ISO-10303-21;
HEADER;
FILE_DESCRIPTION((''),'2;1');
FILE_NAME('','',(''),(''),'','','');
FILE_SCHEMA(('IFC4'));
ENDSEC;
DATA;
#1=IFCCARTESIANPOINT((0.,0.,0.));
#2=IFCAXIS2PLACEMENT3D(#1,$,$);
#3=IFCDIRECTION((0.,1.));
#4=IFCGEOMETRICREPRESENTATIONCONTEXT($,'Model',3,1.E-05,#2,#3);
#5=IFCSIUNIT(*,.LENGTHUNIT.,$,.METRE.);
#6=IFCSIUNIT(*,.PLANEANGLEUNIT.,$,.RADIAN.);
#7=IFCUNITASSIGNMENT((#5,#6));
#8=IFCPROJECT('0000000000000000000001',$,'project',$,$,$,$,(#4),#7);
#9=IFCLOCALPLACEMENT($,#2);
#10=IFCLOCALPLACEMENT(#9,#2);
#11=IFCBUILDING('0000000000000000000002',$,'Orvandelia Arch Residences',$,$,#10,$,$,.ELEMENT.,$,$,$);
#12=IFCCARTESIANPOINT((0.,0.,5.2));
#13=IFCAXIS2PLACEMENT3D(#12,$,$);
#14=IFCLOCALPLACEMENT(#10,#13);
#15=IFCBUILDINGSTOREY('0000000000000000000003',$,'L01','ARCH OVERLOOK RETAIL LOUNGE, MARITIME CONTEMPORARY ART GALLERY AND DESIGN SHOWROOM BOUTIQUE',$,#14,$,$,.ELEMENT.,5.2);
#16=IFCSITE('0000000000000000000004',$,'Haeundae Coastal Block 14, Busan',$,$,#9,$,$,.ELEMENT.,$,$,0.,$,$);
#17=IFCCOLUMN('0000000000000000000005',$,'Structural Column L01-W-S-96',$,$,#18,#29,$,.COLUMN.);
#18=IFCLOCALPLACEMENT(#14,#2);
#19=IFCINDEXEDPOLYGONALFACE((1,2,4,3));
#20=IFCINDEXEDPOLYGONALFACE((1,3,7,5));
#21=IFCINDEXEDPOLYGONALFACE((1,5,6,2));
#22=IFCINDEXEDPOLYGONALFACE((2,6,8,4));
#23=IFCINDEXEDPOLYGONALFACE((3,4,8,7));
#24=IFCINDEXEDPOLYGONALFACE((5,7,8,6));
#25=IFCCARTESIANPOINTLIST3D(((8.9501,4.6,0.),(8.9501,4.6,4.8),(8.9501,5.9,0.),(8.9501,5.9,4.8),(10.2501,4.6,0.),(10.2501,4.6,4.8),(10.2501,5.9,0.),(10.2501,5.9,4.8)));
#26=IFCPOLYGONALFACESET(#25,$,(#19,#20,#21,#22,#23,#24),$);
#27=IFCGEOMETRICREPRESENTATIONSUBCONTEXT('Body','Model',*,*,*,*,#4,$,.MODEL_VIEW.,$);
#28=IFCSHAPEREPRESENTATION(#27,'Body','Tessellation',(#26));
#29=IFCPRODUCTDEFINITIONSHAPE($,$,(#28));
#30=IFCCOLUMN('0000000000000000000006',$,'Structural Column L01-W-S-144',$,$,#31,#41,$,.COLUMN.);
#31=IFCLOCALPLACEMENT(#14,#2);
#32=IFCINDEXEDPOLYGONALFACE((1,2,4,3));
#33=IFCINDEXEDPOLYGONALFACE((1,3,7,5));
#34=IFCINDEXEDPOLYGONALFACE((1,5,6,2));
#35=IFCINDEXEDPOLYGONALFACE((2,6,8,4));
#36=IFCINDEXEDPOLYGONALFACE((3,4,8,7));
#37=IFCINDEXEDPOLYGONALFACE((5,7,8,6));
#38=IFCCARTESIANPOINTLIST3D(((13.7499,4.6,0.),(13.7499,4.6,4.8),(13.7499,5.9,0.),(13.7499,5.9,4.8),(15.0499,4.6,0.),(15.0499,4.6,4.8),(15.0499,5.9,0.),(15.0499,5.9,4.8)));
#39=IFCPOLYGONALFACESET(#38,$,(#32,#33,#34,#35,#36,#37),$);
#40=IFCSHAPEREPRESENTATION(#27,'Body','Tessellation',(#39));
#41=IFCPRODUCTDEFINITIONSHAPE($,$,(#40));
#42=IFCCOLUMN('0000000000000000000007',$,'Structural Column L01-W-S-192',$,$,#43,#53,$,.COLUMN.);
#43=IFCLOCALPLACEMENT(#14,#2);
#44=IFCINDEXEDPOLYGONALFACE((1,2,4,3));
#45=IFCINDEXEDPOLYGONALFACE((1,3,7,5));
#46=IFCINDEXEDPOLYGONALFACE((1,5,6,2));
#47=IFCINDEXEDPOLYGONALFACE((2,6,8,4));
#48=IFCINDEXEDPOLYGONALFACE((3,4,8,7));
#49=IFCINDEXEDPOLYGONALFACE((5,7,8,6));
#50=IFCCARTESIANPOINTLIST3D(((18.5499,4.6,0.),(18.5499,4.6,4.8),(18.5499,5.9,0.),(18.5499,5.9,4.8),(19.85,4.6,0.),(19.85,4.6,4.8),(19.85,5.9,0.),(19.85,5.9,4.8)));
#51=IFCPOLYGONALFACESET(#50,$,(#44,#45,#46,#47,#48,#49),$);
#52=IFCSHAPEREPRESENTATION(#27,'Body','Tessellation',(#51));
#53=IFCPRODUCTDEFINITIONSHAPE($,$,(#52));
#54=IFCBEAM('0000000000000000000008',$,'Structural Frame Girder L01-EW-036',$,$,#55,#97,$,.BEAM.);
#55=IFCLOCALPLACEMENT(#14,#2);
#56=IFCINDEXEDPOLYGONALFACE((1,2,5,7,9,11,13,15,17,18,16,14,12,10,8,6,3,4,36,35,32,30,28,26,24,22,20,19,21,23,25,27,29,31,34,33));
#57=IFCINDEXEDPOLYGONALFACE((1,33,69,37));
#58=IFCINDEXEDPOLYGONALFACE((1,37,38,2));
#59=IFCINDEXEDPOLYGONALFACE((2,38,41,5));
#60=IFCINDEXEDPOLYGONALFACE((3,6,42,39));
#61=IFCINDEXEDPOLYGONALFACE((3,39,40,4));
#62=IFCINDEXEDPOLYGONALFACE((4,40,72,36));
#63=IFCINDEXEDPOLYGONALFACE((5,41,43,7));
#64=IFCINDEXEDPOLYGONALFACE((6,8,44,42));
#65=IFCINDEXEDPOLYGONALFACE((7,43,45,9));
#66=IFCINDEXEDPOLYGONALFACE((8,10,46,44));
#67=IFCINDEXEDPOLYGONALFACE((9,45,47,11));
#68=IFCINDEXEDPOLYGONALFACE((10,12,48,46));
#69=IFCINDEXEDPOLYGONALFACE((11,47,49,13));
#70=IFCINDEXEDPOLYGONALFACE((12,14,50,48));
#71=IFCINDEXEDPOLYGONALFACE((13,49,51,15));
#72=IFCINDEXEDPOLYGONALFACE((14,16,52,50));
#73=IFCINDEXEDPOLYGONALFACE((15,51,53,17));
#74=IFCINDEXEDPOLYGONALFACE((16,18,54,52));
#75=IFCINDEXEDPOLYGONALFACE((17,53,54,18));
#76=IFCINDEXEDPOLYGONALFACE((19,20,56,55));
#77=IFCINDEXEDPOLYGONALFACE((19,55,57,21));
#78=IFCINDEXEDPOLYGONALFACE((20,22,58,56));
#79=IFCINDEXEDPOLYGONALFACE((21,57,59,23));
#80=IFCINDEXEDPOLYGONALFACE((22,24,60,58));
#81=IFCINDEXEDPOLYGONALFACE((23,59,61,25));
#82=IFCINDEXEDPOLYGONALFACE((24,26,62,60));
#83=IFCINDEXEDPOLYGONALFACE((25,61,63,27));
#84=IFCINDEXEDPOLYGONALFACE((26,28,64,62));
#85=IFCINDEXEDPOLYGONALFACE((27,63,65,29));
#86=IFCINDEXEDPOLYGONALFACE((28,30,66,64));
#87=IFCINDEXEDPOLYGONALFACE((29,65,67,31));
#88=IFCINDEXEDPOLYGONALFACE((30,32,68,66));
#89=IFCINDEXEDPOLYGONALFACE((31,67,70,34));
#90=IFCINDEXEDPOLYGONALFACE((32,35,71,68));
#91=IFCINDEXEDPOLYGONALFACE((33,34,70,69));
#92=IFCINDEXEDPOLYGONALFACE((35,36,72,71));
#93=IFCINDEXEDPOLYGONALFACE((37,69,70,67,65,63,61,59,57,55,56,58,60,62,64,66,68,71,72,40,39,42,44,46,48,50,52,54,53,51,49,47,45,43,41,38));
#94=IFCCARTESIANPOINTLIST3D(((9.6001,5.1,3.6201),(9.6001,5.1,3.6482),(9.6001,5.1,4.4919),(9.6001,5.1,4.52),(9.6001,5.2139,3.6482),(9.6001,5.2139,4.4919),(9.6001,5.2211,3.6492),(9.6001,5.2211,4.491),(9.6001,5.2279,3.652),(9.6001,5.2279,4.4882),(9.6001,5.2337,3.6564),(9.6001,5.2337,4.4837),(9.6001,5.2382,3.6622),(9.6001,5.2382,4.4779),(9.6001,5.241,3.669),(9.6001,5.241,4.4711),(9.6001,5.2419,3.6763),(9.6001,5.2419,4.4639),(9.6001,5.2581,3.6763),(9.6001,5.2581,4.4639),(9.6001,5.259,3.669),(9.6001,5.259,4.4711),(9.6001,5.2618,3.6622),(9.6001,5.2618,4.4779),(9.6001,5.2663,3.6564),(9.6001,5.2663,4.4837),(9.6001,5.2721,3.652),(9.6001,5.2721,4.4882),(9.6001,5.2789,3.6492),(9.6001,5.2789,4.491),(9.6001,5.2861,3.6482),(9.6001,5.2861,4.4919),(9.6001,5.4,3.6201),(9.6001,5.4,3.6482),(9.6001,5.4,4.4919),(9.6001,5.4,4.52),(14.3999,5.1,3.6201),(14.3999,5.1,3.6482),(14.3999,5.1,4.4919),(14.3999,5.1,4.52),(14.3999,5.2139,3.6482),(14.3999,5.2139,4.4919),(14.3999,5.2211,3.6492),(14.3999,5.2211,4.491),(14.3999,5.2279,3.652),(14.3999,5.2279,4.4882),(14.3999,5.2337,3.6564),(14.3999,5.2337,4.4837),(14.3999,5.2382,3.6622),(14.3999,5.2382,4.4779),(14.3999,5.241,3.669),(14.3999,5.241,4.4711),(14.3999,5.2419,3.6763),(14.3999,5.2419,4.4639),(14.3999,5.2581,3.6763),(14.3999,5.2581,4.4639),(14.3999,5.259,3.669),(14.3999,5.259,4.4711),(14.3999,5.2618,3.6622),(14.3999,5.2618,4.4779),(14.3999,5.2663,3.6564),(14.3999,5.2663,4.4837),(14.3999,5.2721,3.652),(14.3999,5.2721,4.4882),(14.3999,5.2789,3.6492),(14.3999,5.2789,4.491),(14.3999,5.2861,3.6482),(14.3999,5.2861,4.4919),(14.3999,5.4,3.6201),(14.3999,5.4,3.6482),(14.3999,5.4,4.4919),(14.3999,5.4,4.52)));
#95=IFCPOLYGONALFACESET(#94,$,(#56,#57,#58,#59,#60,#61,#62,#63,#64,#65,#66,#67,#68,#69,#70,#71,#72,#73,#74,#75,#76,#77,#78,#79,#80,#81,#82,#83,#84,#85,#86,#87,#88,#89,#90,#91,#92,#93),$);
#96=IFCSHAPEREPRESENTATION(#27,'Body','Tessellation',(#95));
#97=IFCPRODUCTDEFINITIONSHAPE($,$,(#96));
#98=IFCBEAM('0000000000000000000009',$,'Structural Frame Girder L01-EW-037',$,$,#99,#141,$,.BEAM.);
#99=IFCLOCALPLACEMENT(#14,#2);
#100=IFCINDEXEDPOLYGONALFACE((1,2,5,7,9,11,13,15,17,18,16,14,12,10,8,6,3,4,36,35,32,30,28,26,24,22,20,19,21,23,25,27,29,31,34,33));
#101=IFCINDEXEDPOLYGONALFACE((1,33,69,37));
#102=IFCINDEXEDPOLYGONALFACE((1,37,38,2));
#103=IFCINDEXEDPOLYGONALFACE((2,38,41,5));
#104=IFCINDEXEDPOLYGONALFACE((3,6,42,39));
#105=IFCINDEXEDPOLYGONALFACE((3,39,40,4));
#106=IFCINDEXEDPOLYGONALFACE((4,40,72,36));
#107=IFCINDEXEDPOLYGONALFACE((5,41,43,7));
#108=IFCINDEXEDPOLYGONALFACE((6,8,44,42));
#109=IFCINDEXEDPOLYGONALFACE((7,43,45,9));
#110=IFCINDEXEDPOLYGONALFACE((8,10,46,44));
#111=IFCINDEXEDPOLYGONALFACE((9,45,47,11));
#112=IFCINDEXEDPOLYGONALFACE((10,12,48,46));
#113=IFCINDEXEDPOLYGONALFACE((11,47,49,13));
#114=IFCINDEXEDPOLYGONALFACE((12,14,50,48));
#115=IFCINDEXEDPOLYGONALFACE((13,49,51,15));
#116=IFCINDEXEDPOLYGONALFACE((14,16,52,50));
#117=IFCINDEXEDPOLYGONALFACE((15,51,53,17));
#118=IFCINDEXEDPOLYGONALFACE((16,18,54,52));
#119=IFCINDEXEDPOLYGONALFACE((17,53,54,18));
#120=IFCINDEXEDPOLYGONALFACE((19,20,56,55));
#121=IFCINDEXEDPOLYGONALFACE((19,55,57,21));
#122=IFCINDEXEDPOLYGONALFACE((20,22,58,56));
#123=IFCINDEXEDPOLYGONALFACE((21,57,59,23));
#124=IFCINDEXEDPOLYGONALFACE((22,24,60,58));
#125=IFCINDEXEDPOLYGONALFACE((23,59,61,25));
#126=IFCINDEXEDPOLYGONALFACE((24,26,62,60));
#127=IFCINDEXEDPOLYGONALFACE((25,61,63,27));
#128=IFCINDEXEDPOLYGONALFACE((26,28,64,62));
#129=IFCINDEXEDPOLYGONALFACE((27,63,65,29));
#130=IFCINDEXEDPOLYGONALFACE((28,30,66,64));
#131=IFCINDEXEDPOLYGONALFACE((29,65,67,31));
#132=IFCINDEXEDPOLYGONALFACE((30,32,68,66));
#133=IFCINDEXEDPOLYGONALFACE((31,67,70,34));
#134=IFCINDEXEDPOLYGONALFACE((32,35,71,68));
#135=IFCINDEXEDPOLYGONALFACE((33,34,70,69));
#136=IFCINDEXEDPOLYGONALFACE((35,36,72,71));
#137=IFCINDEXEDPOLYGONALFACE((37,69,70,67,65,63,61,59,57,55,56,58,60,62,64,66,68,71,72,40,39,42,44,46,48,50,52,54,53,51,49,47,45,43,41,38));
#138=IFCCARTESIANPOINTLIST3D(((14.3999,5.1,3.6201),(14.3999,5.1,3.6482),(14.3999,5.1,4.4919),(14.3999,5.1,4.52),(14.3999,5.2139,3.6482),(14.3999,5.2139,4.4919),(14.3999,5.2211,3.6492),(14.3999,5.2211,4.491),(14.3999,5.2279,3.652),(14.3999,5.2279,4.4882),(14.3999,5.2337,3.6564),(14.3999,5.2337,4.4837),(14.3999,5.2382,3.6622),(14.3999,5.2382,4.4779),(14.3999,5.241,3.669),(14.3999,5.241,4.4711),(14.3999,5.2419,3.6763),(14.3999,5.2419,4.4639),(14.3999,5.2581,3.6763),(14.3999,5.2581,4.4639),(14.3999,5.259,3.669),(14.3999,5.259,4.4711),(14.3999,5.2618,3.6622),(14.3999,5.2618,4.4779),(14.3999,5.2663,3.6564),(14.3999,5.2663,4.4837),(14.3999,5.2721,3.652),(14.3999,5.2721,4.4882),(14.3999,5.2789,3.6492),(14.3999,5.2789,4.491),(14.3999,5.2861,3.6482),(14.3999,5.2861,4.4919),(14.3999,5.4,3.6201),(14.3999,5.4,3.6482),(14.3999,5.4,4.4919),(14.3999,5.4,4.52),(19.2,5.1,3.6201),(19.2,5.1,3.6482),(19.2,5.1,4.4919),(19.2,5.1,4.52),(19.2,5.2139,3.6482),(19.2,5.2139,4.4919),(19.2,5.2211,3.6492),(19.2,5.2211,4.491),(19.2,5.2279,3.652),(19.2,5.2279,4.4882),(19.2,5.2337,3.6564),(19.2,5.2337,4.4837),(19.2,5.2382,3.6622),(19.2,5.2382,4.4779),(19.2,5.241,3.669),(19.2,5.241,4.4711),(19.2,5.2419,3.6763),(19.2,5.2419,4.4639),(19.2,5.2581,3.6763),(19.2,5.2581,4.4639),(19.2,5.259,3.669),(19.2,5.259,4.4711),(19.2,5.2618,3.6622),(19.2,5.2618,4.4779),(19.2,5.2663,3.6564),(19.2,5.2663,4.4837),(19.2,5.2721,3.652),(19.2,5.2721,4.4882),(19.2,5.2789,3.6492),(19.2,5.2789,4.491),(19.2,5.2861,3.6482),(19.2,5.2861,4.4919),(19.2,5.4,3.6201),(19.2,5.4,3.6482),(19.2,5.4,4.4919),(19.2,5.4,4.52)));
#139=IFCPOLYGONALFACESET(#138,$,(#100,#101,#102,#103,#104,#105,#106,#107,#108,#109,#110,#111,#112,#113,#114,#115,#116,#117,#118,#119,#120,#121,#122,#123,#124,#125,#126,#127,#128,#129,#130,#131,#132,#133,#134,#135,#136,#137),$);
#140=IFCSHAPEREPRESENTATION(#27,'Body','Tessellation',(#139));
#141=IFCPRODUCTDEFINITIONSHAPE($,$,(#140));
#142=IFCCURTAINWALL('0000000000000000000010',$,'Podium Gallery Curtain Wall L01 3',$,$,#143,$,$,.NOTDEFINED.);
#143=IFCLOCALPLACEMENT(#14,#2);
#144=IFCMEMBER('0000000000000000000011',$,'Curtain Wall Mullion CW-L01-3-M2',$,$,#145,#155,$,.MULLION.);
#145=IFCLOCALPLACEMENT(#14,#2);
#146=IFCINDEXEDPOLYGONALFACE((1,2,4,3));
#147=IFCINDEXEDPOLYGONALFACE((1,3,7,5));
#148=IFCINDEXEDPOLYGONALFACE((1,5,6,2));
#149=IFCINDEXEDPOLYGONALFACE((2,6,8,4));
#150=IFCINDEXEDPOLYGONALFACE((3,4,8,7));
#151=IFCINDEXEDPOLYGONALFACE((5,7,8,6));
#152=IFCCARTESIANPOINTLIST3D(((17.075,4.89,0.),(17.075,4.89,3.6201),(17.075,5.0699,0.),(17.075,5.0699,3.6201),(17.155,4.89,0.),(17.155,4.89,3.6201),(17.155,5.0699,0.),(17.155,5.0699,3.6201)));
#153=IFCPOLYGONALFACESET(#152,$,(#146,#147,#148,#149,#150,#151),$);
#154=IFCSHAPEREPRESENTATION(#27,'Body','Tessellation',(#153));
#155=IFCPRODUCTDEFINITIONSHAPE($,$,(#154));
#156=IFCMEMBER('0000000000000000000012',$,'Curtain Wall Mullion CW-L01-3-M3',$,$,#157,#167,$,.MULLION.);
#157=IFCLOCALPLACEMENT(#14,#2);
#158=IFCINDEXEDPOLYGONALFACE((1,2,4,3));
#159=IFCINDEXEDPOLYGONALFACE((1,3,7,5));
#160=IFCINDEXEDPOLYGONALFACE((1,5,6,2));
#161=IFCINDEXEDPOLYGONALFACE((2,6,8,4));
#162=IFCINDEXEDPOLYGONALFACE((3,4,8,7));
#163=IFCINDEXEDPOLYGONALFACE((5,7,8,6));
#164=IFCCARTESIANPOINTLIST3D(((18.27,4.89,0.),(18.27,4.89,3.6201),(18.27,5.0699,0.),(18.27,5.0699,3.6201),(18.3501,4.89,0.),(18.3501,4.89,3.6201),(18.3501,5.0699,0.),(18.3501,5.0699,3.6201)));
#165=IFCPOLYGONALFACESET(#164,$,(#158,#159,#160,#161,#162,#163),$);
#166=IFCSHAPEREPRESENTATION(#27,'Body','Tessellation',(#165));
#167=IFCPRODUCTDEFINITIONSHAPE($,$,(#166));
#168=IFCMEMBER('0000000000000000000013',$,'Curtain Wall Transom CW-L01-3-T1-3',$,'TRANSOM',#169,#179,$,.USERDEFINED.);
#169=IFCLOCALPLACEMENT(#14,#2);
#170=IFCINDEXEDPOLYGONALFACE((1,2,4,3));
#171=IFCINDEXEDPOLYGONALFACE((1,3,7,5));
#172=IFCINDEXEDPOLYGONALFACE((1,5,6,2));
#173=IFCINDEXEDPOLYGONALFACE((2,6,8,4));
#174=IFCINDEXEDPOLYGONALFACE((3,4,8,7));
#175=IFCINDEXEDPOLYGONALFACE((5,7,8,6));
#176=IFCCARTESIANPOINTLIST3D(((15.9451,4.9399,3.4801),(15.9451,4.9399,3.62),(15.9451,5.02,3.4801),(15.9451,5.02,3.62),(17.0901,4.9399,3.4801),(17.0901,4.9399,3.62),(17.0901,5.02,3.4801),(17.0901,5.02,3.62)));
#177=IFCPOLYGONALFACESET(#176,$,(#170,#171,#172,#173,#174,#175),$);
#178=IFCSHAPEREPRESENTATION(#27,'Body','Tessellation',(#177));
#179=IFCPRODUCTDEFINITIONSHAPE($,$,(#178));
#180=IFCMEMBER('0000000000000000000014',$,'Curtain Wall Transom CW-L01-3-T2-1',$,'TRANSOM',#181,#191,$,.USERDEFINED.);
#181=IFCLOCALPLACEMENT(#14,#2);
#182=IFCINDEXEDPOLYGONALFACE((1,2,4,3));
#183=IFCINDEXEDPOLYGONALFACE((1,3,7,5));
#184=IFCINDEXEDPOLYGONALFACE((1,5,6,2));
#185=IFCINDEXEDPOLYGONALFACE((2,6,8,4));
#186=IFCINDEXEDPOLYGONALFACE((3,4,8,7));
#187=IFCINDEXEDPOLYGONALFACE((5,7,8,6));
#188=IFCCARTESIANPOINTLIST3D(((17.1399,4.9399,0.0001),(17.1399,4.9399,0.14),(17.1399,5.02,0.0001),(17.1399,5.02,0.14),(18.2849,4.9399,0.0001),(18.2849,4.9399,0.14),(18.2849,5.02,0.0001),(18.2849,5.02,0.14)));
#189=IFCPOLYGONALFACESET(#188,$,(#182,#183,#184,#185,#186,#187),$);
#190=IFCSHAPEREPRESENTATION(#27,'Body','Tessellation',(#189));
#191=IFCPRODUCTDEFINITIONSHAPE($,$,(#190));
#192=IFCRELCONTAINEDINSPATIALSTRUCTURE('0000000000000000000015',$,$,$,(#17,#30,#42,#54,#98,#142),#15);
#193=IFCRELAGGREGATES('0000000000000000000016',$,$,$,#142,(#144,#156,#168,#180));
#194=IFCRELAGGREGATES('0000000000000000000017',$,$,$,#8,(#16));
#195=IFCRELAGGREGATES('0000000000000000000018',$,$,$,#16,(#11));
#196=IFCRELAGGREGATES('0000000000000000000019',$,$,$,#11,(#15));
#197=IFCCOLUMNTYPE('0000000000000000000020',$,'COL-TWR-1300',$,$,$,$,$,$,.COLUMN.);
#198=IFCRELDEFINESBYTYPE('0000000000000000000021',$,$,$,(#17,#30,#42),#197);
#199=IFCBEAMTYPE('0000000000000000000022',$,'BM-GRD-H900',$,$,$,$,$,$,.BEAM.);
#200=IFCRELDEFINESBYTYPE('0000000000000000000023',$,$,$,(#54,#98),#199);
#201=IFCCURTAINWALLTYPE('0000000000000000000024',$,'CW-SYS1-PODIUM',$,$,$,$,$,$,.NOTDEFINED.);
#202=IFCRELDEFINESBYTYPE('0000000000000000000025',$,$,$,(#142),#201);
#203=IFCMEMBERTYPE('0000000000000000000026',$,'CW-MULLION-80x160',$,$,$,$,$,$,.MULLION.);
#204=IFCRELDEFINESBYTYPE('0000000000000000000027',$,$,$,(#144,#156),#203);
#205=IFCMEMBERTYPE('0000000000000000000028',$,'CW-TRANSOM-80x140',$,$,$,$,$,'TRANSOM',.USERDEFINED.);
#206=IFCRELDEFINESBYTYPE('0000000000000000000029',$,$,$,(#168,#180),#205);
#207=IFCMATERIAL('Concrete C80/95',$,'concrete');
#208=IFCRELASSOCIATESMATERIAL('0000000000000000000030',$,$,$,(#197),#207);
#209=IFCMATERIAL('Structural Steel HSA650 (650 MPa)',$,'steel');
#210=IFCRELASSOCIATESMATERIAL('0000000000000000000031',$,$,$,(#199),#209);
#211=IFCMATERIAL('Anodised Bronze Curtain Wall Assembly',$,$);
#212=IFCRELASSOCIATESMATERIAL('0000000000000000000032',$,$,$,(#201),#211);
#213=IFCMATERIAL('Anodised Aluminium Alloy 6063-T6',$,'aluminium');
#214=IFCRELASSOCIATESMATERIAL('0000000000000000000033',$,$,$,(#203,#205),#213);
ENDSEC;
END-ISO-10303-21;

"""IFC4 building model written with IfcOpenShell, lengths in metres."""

from ifc_helpers import new_model, si_unit, direction, frame, origin, origin_2d, place, context, subcontext, project, spatial, rectangle, i_section, extrude, material, material_profile, profile_set, type_object, element, aggregate, save


model = new_model("IFC4")

# Units and contexts
model_context = context("Model", 3, precision=1e-05, world=origin(), true_north=direction((0.0, 1.0)))
body_context = subcontext(model_context, "Body", "Model", "MODEL_VIEW")
ifc_project = project(units=[si_unit("LENGTHUNIT", "METRE"), si_unit("PLANEANGLEUNIT", "RADIAN")], contexts=[model_context])

# Site, building, storey
site_placement = place(None, origin())
site = spatial("IfcSite", under=ifc_project, at=site_placement, Name="Haeundae Coastal Block 14, Busan", CompositionType="ELEMENT", RefElevation=0.0)
building_placement = place(site_placement, origin())
building = spatial("IfcBuilding", under=site, at=building_placement, Name="Orvandelia Arch Residences", CompositionType="ELEMENT")
storey_placement = place(building_placement, frame((0.0, 0.0, 5.2)))
storey = spatial("IfcBuildingStorey", under=building, at=storey_placement, Name="L01", Description="ARCH OVERLOOK RETAIL LOUNGE, MARITIME CONTEMPORARY ART GALLERY AND DESIGN SHOWROOM BOUTIQUE", CompositionType="ELEMENT", Elevation=5.2)

# Columns
ifc_material_1 = material(Name="Concrete C80/95", Category="concrete")
ifc_material_profile_1 = material_profile(ifc_material_1, rectangle(XDim=1.3, YDim=1.3, at=origin_2d()), Name="Concrete C80/95", Category="concrete")
ifc_profile_set_1 = profile_set([ifc_material_profile_1], Name="Concrete C80/95")
column_type = type_object("IfcColumnType", Name="COL-TWR-1300", PredefinedType="COLUMN", material=ifc_profile_set_1)
for number, where, z_axis, x_axis, name in (
    (1, (9.6001, 5.25, 0.0), (0.0, 0.0, 1.0), (1.0, 0.0, 0.0), "Structural Column L01-W-S-96"),
    (2, (14.3999, 5.25, 0.0), (0.0, 0.0, 1.0), (1.0, 0.0, 0.0), "Structural Column L01-W-S-144"),
    (3, (19.2, 5.25, 0.0), (0.0, 0.0, 1.0), (1.0, 0.0, 0.0), "Structural Column L01-W-S-192"),
):
    element("IfcColumn", number, at=place(storey_placement, frame(where, z_axis=z_axis, x_axis=x_axis)), inside=storey, type_object=column_type, Name=name, PredefinedType="COLUMN", context=body_context, shape_type="SweptSolid", body=[
        extrude(rectangle(XDim=1.3, YDim=1.3, at=origin_2d()), origin(), (0.0, 0.0, 1.0), 4.8),
    ])

# Beams
ifc_material_2 = material(Name="Structural Steel HSA650 (650 MPa)", Category="steel")
ifc_material_profile_2 = material_profile(ifc_material_2, i_section(OverallWidth=0.3, OverallDepth=0.8999, WebThickness=0.0161, FlangeThickness=0.0281, FilletRadius=0.0281, at=origin_2d()), Name="Structural Steel HSA650 (650 MPa)", Category="steel")
ifc_profile_set_2 = profile_set([ifc_material_profile_2], Name="Structural Steel HSA650 (650 MPa)")
beam_type = type_object("IfcBeamType", Name="BM-GRD-H900", PredefinedType="BEAM", material=ifc_profile_set_2)
beam_1_placement = place(storey_placement, frame((9.6001, 5.25, 4.0701), z_axis=(1.0, 0.0, 0.0), x_axis=(0.0, 1.0, 0.0)))
element("IfcBeam", 4, at=beam_1_placement, inside=storey, type_object=beam_type, Name="Structural Frame Girder L01-EW-036", PredefinedType="BEAM", context=body_context, shape_type="SweptSolid", body=[
    extrude(i_section(OverallWidth=0.3, OverallDepth=0.8999, WebThickness=0.0161, FlangeThickness=0.0281, FilletRadius=0.0281, at=origin_2d()), origin(), (0.0, 0.0, 1.0), 4.7998),
])
beam_2_placement = place(storey_placement, frame((14.3999, 5.25, 4.0701), z_axis=(1.0, 0.0, 0.0), x_axis=(0.0, 1.0, 0.0)))
element("IfcBeam", 5, at=beam_2_placement, inside=storey, type_object=beam_type, Name="Structural Frame Girder L01-EW-037", PredefinedType="BEAM", context=body_context, shape_type="SweptSolid", body=[
    extrude(i_section(OverallWidth=0.3, OverallDepth=0.8999, WebThickness=0.0161, FlangeThickness=0.0281, FilletRadius=0.0281, at=origin_2d()), origin(), (0.0, 0.0, 1.0), 4.8),
])

# Curtain wall, members
ifc_material_3 = material(Name="Anodised Bronze Curtain Wall Assembly")
curtain_wall_type = type_object("IfcCurtainWallType", Name="CW-SYS1-PODIUM", PredefinedType="NOTDEFINED", material=ifc_material_3)
curtain_wall_placement = place(storey_placement, origin())
curtain_wall = element("IfcCurtainWall", 6, at=curtain_wall_placement, inside=storey, type_object=curtain_wall_type, Name="Podium Gallery Curtain Wall L01 3", PredefinedType="NOTDEFINED")
ifc_material_4 = material(Name="Anodised Aluminium Alloy 6063-T6", Category="aluminium")
ifc_material_profile_3 = material_profile(ifc_material_4, rectangle(XDim=0.0801, YDim=0.1799, at=origin_2d()), Name="Anodised Aluminium Alloy 6063-T6", Category="aluminium")
ifc_profile_set_3 = profile_set([ifc_material_profile_3], Name="Anodised Aluminium Alloy 6063-T6")
member_type_1 = type_object("IfcMemberType", Name="CW-MULLION-80x160", PredefinedType="MULLION", material=ifc_profile_set_3)
member_1_placement = place(storey_placement, frame((17.115, 4.98, 0.0), z_axis=(0.0, 0.0, 1.0), x_axis=(1.0, 0.0, 0.0)))
member_1 = element("IfcMember", 7, at=member_1_placement, type_object=member_type_1, Name="Curtain Wall Mullion CW-L01-3-M2", PredefinedType="MULLION", context=body_context, shape_type="SweptSolid", body=[
    extrude(rectangle(XDim=0.0801, YDim=0.1799, at=origin_2d()), origin(), (0.0, 0.0, 1.0), 3.6201),
])
member_2_placement = place(storey_placement, frame((18.3101, 4.98, 0.0), z_axis=(0.0, 0.0, 1.0), x_axis=(1.0, 0.0, 0.0)))
member_2 = element("IfcMember", 8, at=member_2_placement, type_object=member_type_1, Name="Curtain Wall Mullion CW-L01-3-M3", PredefinedType="MULLION", context=body_context, shape_type="SweptSolid", body=[
    extrude(rectangle(XDim=0.0801, YDim=0.1799, at=origin_2d()), origin(), (0.0, 0.0, 1.0), 3.6201),
])
ifc_material_profile_4 = material_profile(ifc_material_4, rectangle(XDim=0.0801, YDim=0.1399, at=origin_2d()), Name="Anodised Aluminium Alloy 6063-T6", Category="aluminium")
ifc_profile_set_4 = profile_set([ifc_material_profile_4], Name="Anodised Aluminium Alloy 6063-T6")
member_type_2 = type_object("IfcMemberType", Name="CW-TRANSOM-80x140", ElementType="TRANSOM", PredefinedType="USERDEFINED", material=ifc_profile_set_4)
member_3_placement = place(storey_placement, frame((15.9451, 4.98, 3.55), z_axis=(1.0, 0.0, 0.0), x_axis=(0.0, 1.0, 0.0)))
member_3 = element("IfcMember", 9, at=member_3_placement, type_object=member_type_2, Name="Curtain Wall Transom CW-L01-3-T1-3", ObjectType="TRANSOM", PredefinedType="USERDEFINED", context=body_context, shape_type="SweptSolid", body=[
    extrude(rectangle(XDim=0.0801, YDim=0.1399, at=origin_2d()), origin(), (0.0, 0.0, 1.0), 1.145),
])
member_4_placement = place(storey_placement, frame((17.1399, 4.98, 0.0701), z_axis=(1.0, 0.0, 0.0), x_axis=(0.0, 1.0, 0.0)))
member_4 = element("IfcMember", 10, at=member_4_placement, type_object=member_type_2, Name="Curtain Wall Transom CW-L01-3-T2-1", ObjectType="TRANSOM", PredefinedType="USERDEFINED", context=body_context, shape_type="SweptSolid", body=[
    extrude(rectangle(XDim=0.0801, YDim=0.1399, at=origin_2d()), origin(), (0.0, 0.0, 1.0), 1.145),
])
aggregate(curtain_wall, [member_1, member_2, member_3, member_4])

save(model, "model.ifc")
